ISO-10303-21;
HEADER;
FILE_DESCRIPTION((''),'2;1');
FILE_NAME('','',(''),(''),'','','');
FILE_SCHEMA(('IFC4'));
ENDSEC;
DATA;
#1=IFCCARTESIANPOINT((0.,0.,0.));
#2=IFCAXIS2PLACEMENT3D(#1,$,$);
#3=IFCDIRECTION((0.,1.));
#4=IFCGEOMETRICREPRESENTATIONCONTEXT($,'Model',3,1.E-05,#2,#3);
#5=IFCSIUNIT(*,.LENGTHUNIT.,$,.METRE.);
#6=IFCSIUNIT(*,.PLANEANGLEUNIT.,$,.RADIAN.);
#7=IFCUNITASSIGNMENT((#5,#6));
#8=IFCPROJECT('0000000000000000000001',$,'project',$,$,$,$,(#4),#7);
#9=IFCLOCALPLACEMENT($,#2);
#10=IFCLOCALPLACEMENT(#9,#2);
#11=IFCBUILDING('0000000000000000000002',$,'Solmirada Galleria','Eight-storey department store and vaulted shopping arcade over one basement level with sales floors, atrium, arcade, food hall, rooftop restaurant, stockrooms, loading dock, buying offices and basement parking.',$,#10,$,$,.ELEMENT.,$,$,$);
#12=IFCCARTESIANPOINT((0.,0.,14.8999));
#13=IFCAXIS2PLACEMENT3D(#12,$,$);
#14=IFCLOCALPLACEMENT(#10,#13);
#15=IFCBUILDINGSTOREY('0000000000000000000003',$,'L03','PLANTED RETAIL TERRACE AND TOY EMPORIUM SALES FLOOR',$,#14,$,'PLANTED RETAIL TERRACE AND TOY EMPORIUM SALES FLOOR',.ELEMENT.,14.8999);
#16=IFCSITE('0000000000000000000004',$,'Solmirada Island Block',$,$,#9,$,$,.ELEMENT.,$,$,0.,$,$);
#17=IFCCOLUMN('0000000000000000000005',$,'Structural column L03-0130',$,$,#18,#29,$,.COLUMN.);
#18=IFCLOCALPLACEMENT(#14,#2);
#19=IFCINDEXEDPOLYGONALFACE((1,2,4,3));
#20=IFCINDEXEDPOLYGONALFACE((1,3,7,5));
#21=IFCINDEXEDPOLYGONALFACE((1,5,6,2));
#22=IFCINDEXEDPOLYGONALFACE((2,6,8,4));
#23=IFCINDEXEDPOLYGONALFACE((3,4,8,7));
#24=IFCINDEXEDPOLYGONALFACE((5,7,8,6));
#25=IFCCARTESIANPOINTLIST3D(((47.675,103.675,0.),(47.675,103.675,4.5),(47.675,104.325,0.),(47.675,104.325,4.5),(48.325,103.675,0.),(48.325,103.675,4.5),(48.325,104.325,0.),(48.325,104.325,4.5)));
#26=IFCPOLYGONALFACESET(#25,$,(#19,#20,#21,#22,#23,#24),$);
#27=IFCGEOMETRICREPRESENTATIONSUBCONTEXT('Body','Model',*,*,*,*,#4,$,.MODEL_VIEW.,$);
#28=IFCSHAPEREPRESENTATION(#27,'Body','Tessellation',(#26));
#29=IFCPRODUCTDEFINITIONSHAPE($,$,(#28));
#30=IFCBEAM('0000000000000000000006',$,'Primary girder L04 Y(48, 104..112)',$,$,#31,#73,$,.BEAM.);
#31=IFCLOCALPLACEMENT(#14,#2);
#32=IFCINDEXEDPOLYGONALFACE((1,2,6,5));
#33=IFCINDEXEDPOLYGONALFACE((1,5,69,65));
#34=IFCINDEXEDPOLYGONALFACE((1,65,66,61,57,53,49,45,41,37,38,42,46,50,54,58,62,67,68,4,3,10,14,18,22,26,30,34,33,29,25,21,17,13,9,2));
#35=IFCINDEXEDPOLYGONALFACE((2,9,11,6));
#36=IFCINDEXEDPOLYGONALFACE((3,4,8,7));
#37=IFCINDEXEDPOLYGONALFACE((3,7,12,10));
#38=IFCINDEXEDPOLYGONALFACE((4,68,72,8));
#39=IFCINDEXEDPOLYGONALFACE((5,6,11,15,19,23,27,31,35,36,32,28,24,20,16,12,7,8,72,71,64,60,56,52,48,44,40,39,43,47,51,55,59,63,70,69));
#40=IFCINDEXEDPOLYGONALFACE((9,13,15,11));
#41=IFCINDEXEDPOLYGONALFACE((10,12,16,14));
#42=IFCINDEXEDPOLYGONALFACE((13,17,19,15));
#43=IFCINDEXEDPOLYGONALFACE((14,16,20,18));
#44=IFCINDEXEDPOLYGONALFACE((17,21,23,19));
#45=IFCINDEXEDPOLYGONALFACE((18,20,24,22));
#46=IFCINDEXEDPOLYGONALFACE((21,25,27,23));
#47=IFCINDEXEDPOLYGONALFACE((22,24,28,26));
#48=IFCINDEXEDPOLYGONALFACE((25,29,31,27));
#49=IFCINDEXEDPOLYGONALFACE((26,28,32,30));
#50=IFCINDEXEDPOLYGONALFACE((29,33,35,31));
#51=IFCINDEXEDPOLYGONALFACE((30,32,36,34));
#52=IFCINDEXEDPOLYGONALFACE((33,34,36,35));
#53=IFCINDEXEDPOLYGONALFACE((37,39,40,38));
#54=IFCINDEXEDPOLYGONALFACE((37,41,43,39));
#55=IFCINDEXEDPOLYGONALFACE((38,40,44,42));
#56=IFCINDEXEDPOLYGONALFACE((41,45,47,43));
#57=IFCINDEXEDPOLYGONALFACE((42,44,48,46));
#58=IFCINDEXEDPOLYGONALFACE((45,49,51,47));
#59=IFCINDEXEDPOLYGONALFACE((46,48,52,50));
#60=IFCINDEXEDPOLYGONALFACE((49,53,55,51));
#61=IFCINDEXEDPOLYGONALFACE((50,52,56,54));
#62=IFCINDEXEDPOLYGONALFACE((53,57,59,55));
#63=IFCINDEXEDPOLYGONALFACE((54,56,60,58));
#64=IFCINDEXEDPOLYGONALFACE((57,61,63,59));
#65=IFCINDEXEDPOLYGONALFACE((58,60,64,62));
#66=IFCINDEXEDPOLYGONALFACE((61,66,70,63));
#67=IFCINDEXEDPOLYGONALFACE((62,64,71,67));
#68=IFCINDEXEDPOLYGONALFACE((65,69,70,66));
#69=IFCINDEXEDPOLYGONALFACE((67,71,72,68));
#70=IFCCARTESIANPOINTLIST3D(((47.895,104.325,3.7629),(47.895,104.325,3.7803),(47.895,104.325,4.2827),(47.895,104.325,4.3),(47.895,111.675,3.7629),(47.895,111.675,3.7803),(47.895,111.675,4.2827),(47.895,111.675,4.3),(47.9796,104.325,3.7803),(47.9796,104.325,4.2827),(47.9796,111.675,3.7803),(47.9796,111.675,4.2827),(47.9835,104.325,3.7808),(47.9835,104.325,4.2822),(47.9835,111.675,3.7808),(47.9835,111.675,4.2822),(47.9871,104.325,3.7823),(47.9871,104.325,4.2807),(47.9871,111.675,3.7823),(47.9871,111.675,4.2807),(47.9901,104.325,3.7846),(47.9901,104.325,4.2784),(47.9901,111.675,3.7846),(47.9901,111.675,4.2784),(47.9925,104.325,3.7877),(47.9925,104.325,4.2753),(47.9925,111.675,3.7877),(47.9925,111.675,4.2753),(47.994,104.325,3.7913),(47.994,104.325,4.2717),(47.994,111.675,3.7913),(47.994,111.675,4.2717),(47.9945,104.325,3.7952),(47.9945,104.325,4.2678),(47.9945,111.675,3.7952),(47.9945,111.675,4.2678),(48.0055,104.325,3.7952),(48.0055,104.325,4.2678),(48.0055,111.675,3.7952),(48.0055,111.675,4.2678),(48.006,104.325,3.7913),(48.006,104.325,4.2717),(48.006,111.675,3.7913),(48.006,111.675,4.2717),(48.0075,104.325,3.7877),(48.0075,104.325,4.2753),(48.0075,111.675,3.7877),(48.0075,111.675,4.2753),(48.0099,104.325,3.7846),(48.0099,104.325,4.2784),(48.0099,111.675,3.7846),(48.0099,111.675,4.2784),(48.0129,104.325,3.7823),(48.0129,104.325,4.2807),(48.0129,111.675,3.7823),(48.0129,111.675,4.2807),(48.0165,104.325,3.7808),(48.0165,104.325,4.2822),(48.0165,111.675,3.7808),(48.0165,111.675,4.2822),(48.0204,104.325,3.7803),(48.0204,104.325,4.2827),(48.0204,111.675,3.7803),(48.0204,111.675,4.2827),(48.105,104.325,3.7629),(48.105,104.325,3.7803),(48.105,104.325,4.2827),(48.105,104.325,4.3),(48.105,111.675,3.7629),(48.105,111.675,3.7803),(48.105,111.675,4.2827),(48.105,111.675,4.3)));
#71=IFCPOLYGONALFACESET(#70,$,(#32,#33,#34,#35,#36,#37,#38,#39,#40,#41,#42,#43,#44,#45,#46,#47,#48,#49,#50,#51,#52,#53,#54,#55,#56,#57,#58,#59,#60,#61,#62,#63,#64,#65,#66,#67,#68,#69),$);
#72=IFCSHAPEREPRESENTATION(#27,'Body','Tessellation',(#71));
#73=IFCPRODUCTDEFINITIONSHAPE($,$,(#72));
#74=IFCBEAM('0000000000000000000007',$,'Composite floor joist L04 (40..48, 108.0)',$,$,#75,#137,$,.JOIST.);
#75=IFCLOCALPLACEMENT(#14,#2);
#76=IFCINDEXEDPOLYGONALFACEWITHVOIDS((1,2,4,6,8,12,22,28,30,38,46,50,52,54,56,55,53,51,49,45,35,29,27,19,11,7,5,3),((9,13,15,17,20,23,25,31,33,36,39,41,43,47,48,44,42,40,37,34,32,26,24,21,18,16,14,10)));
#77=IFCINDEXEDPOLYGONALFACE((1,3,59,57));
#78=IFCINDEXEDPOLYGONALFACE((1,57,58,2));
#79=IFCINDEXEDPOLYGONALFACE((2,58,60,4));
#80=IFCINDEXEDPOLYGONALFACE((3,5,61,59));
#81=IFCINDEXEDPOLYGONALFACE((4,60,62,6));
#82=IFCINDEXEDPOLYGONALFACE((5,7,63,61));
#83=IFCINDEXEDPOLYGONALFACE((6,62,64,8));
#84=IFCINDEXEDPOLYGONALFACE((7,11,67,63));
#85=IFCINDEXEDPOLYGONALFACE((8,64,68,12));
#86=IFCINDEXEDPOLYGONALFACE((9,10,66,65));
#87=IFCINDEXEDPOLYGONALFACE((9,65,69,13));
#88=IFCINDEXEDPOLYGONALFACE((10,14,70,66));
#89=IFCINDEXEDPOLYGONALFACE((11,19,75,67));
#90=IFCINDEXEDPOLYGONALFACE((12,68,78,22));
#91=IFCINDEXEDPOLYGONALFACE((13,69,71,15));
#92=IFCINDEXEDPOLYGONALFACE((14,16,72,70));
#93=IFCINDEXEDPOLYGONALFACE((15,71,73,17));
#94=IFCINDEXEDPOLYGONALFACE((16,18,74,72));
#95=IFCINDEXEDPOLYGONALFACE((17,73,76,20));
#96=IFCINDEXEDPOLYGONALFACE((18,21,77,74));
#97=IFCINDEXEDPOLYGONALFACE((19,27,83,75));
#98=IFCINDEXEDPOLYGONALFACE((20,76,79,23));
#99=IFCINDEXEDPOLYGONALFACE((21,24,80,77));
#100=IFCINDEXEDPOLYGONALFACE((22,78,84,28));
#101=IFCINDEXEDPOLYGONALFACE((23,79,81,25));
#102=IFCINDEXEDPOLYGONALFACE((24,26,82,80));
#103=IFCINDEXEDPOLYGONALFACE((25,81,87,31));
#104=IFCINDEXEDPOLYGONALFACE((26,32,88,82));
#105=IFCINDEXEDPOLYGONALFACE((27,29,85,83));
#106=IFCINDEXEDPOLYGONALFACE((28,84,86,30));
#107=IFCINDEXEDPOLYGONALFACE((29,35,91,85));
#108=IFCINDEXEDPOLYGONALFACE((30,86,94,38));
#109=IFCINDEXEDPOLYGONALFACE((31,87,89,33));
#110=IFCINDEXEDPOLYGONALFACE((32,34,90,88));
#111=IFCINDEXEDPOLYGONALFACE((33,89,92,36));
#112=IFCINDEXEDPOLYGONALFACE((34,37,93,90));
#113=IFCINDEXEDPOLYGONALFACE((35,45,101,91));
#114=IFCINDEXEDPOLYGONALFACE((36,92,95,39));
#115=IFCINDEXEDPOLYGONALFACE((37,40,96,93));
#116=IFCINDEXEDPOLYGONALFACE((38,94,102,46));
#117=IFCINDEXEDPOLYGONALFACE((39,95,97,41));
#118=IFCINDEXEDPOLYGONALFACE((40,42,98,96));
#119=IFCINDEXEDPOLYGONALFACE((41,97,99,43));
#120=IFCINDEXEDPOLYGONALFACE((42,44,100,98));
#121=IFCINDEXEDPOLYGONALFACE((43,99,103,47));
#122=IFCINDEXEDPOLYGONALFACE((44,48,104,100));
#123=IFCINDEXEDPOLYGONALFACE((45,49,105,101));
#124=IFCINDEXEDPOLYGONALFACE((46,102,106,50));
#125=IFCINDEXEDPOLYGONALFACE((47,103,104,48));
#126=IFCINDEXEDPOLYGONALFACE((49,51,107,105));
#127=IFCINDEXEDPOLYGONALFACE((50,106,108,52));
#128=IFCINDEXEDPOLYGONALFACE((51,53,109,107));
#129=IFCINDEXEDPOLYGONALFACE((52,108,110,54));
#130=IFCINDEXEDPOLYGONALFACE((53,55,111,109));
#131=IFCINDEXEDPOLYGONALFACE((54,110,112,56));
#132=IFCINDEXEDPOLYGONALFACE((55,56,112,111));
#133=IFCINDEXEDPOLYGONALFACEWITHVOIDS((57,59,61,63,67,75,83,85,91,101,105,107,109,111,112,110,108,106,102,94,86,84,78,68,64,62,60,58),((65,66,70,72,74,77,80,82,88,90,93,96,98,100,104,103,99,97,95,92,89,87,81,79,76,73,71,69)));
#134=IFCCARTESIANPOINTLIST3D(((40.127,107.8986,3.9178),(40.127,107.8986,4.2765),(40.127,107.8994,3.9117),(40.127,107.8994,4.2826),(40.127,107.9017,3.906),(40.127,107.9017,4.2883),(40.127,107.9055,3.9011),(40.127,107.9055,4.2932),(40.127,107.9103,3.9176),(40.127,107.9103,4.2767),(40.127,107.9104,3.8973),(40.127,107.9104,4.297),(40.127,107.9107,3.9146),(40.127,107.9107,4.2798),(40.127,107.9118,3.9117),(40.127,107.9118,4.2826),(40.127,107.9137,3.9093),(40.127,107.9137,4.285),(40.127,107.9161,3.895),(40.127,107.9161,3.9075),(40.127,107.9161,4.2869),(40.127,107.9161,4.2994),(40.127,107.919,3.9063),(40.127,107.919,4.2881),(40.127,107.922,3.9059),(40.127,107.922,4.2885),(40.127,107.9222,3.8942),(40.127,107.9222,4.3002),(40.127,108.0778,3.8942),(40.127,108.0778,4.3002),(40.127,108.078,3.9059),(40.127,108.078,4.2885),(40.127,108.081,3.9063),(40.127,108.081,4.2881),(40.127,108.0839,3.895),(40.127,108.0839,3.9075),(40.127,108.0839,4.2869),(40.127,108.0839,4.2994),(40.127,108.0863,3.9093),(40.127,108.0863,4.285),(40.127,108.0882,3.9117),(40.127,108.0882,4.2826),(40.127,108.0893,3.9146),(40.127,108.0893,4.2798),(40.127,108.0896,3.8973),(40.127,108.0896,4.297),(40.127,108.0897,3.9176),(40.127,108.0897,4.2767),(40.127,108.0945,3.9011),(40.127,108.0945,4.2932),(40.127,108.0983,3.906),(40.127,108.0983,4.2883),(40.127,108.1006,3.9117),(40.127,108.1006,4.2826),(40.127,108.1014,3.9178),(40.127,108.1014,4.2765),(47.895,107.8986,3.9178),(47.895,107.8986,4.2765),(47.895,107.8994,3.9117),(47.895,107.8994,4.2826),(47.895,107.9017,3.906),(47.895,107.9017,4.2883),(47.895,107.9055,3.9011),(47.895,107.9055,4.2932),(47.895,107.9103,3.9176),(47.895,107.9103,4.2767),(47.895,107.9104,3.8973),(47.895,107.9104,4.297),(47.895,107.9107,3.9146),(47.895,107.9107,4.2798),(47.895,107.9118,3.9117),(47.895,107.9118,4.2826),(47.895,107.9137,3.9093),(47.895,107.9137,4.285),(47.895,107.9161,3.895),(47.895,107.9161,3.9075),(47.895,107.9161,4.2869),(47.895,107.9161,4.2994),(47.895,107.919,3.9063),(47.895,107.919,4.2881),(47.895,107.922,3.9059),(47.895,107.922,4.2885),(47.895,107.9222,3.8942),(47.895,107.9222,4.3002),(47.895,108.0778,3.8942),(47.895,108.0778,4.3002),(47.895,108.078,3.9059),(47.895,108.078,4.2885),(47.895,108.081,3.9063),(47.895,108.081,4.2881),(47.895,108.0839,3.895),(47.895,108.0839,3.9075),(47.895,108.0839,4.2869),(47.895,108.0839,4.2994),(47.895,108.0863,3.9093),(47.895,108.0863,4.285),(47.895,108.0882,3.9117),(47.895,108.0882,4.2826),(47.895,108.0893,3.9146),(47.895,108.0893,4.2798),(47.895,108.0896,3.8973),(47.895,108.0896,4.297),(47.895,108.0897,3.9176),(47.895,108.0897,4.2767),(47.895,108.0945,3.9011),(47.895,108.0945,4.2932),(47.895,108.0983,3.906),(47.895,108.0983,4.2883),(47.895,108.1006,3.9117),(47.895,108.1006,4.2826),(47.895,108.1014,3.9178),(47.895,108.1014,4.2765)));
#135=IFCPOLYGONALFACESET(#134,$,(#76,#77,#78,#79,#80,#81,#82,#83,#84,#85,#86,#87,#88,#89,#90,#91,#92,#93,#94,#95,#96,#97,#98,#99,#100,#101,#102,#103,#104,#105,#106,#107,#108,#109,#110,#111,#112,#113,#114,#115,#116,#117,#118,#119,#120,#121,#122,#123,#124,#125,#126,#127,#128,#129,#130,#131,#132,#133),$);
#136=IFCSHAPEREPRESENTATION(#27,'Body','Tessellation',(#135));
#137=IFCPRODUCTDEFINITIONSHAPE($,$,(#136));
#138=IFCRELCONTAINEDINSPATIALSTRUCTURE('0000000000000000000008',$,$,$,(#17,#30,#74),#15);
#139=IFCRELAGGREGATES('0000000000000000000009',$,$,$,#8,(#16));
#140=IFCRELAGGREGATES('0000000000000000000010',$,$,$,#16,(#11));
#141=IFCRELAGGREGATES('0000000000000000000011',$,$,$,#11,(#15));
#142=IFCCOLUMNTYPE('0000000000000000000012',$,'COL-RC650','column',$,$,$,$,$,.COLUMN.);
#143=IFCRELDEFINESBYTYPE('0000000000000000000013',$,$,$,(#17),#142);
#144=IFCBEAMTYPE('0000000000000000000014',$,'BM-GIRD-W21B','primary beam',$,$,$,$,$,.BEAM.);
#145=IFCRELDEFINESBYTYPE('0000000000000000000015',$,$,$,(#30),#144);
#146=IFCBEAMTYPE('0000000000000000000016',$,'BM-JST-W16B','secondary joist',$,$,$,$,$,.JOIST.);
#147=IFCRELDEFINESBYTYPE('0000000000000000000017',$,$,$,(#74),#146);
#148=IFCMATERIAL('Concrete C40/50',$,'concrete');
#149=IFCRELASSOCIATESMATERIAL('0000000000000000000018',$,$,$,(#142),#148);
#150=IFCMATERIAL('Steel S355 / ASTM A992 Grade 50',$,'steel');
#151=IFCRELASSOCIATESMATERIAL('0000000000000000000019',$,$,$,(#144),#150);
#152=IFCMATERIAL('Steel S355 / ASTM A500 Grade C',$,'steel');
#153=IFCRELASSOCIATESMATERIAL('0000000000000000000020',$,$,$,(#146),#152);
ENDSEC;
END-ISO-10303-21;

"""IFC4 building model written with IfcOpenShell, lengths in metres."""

from ifc_helpers import new_model, si_unit, direction, frame, origin, origin_2d, place, context, subcontext, project, spatial, rectangle, hollow_rectangle, i_section, extrude, material, material_profile, profile_set, type_object, element, save


model = new_model("IFC4")

# Units and contexts
model_context = context("Model", 3, precision=1e-05, world=origin(), true_north=direction((0.0, 1.0)))
body_context = subcontext(model_context, "Body", "Model", "MODEL_VIEW")
ifc_project = project(units=[si_unit("LENGTHUNIT", "METRE"), si_unit("PLANEANGLEUNIT", "RADIAN")], contexts=[model_context])

# Site, building, storey
site_placement = place(None, origin())
site = spatial("IfcSite", under=ifc_project, at=site_placement, Name="Solmirada Island Block", CompositionType="ELEMENT", RefElevation=0.0)
building_placement = place(site_placement, origin())
building = spatial("IfcBuilding", under=site, at=building_placement, Name="Solmirada Galleria", Description="Eight-storey department store and vaulted shopping arcade over one basement level with sales floors, atrium, arcade, food hall, rooftop restaurant, stockrooms, loading dock, buying offices and basement parking.", CompositionType="ELEMENT")
storey_placement = place(building_placement, frame((0.0, 0.0, 14.8999)))
storey = spatial("IfcBuildingStorey", under=building, at=storey_placement, Name="L03", Description="PLANTED RETAIL TERRACE AND TOY EMPORIUM SALES FLOOR", LongName="PLANTED RETAIL TERRACE AND TOY EMPORIUM SALES FLOOR", CompositionType="ELEMENT", Elevation=14.8999)

# Column
ifc_material_1 = material(Name="Concrete C40/50", Category="concrete")
ifc_material_profile_1 = material_profile(ifc_material_1, rectangle(XDim=0.6499, YDim=0.6499, at=origin_2d()), Name="RC650X650")
ifc_profile_set_1 = profile_set([ifc_material_profile_1], Name="Concrete C40/50")
column_type = type_object("IfcColumnType", Name="COL-RC650", Description="column", PredefinedType="COLUMN", material=ifc_profile_set_1)
column_placement = place(storey_placement, frame((48.0, 104.0, 0.0), z_axis=(0.0, 0.0, 1.0), x_axis=(1.0, 0.0, 0.0)))
element("IfcColumn", 1, at=column_placement, inside=storey, type_object=column_type, Name="Structural column L03-0130", PredefinedType="COLUMN", context=body_context, shape_type="SweptSolid", body=[
    extrude(rectangle(XDim=0.6499, YDim=0.6499, at=origin_2d()), origin(), (0.0, 0.0, 1.0), 4.5),
])

# Beams
ifc_material_2 = material(Name="Steel S355 / ASTM A992 Grade 50", Category="steel")
ifc_material_profile_2 = material_profile(ifc_material_2, i_section(OverallWidth=0.21, OverallDepth=0.5371, WebThickness=0.011, FlangeThickness=0.0173, FilletRadius=0.0149, at=origin_2d()), Name="W21X68")
ifc_profile_set_2 = profile_set([ifc_material_profile_2], Name="Steel S355 / ASTM A992 Grade 50")
beam_type_1 = type_object("IfcBeamType", Name="BM-GIRD-W21B", Description="primary beam", PredefinedType="BEAM", material=ifc_profile_set_2)
beam_1_placement = place(storey_placement, frame((48.0, 104.325, 4.0315), z_axis=(0.0, 1.0, 0.0), x_axis=(-1.0, 0.0, 0.0)))
element("IfcBeam", 2, at=beam_1_placement, inside=storey, type_object=beam_type_1, Name="Primary girder L04 Y(48, 104..112)", PredefinedType="BEAM", context=body_context, shape_type="SweptSolid", body=[
    extrude(i_section(OverallWidth=0.21, OverallDepth=0.5371, WebThickness=0.011, FlangeThickness=0.0173, FilletRadius=0.0149, at=origin_2d()), origin(), (0.0, 0.0, 1.0), 7.3501),
])
ifc_material_3 = material(Name="Steel S355 / ASTM A500 Grade C", Category="steel")
ifc_material_profile_3 = material_profile(ifc_material_3, hollow_rectangle(XDim=0.2029, YDim=0.406, WallThickness=0.0117, InnerFilletRadius=0.0117, OuterFilletRadius=0.0237, at=origin_2d()), Name="HSS16X8X1/2")
ifc_profile_set_3 = profile_set([ifc_material_profile_3], Name="Steel S355 / ASTM A500 Grade C")
beam_type_2 = type_object("IfcBeamType", Name="BM-JST-W16B", Description="secondary joist", PredefinedType="JOIST", material=ifc_profile_set_3)
beam_2_placement = place(storey_placement, frame((40.127, 108.0, 4.0972), z_axis=(1.0, 0.0, 0.0), x_axis=(0.0, 1.0, 0.0)))
element("IfcBeam", 3, at=beam_2_placement, inside=storey, type_object=beam_type_2, Name="Composite floor joist L04 (40..48, 108.0)", PredefinedType="JOIST", context=body_context, shape_type="SweptSolid", body=[
    extrude(hollow_rectangle(XDim=0.2029, YDim=0.406, WallThickness=0.0117, InnerFilletRadius=0.0117, OuterFilletRadius=0.0237, at=origin_2d()), origin(), (0.0, 0.0, 1.0), 7.7681),
])

save(model, "model.ifc")
